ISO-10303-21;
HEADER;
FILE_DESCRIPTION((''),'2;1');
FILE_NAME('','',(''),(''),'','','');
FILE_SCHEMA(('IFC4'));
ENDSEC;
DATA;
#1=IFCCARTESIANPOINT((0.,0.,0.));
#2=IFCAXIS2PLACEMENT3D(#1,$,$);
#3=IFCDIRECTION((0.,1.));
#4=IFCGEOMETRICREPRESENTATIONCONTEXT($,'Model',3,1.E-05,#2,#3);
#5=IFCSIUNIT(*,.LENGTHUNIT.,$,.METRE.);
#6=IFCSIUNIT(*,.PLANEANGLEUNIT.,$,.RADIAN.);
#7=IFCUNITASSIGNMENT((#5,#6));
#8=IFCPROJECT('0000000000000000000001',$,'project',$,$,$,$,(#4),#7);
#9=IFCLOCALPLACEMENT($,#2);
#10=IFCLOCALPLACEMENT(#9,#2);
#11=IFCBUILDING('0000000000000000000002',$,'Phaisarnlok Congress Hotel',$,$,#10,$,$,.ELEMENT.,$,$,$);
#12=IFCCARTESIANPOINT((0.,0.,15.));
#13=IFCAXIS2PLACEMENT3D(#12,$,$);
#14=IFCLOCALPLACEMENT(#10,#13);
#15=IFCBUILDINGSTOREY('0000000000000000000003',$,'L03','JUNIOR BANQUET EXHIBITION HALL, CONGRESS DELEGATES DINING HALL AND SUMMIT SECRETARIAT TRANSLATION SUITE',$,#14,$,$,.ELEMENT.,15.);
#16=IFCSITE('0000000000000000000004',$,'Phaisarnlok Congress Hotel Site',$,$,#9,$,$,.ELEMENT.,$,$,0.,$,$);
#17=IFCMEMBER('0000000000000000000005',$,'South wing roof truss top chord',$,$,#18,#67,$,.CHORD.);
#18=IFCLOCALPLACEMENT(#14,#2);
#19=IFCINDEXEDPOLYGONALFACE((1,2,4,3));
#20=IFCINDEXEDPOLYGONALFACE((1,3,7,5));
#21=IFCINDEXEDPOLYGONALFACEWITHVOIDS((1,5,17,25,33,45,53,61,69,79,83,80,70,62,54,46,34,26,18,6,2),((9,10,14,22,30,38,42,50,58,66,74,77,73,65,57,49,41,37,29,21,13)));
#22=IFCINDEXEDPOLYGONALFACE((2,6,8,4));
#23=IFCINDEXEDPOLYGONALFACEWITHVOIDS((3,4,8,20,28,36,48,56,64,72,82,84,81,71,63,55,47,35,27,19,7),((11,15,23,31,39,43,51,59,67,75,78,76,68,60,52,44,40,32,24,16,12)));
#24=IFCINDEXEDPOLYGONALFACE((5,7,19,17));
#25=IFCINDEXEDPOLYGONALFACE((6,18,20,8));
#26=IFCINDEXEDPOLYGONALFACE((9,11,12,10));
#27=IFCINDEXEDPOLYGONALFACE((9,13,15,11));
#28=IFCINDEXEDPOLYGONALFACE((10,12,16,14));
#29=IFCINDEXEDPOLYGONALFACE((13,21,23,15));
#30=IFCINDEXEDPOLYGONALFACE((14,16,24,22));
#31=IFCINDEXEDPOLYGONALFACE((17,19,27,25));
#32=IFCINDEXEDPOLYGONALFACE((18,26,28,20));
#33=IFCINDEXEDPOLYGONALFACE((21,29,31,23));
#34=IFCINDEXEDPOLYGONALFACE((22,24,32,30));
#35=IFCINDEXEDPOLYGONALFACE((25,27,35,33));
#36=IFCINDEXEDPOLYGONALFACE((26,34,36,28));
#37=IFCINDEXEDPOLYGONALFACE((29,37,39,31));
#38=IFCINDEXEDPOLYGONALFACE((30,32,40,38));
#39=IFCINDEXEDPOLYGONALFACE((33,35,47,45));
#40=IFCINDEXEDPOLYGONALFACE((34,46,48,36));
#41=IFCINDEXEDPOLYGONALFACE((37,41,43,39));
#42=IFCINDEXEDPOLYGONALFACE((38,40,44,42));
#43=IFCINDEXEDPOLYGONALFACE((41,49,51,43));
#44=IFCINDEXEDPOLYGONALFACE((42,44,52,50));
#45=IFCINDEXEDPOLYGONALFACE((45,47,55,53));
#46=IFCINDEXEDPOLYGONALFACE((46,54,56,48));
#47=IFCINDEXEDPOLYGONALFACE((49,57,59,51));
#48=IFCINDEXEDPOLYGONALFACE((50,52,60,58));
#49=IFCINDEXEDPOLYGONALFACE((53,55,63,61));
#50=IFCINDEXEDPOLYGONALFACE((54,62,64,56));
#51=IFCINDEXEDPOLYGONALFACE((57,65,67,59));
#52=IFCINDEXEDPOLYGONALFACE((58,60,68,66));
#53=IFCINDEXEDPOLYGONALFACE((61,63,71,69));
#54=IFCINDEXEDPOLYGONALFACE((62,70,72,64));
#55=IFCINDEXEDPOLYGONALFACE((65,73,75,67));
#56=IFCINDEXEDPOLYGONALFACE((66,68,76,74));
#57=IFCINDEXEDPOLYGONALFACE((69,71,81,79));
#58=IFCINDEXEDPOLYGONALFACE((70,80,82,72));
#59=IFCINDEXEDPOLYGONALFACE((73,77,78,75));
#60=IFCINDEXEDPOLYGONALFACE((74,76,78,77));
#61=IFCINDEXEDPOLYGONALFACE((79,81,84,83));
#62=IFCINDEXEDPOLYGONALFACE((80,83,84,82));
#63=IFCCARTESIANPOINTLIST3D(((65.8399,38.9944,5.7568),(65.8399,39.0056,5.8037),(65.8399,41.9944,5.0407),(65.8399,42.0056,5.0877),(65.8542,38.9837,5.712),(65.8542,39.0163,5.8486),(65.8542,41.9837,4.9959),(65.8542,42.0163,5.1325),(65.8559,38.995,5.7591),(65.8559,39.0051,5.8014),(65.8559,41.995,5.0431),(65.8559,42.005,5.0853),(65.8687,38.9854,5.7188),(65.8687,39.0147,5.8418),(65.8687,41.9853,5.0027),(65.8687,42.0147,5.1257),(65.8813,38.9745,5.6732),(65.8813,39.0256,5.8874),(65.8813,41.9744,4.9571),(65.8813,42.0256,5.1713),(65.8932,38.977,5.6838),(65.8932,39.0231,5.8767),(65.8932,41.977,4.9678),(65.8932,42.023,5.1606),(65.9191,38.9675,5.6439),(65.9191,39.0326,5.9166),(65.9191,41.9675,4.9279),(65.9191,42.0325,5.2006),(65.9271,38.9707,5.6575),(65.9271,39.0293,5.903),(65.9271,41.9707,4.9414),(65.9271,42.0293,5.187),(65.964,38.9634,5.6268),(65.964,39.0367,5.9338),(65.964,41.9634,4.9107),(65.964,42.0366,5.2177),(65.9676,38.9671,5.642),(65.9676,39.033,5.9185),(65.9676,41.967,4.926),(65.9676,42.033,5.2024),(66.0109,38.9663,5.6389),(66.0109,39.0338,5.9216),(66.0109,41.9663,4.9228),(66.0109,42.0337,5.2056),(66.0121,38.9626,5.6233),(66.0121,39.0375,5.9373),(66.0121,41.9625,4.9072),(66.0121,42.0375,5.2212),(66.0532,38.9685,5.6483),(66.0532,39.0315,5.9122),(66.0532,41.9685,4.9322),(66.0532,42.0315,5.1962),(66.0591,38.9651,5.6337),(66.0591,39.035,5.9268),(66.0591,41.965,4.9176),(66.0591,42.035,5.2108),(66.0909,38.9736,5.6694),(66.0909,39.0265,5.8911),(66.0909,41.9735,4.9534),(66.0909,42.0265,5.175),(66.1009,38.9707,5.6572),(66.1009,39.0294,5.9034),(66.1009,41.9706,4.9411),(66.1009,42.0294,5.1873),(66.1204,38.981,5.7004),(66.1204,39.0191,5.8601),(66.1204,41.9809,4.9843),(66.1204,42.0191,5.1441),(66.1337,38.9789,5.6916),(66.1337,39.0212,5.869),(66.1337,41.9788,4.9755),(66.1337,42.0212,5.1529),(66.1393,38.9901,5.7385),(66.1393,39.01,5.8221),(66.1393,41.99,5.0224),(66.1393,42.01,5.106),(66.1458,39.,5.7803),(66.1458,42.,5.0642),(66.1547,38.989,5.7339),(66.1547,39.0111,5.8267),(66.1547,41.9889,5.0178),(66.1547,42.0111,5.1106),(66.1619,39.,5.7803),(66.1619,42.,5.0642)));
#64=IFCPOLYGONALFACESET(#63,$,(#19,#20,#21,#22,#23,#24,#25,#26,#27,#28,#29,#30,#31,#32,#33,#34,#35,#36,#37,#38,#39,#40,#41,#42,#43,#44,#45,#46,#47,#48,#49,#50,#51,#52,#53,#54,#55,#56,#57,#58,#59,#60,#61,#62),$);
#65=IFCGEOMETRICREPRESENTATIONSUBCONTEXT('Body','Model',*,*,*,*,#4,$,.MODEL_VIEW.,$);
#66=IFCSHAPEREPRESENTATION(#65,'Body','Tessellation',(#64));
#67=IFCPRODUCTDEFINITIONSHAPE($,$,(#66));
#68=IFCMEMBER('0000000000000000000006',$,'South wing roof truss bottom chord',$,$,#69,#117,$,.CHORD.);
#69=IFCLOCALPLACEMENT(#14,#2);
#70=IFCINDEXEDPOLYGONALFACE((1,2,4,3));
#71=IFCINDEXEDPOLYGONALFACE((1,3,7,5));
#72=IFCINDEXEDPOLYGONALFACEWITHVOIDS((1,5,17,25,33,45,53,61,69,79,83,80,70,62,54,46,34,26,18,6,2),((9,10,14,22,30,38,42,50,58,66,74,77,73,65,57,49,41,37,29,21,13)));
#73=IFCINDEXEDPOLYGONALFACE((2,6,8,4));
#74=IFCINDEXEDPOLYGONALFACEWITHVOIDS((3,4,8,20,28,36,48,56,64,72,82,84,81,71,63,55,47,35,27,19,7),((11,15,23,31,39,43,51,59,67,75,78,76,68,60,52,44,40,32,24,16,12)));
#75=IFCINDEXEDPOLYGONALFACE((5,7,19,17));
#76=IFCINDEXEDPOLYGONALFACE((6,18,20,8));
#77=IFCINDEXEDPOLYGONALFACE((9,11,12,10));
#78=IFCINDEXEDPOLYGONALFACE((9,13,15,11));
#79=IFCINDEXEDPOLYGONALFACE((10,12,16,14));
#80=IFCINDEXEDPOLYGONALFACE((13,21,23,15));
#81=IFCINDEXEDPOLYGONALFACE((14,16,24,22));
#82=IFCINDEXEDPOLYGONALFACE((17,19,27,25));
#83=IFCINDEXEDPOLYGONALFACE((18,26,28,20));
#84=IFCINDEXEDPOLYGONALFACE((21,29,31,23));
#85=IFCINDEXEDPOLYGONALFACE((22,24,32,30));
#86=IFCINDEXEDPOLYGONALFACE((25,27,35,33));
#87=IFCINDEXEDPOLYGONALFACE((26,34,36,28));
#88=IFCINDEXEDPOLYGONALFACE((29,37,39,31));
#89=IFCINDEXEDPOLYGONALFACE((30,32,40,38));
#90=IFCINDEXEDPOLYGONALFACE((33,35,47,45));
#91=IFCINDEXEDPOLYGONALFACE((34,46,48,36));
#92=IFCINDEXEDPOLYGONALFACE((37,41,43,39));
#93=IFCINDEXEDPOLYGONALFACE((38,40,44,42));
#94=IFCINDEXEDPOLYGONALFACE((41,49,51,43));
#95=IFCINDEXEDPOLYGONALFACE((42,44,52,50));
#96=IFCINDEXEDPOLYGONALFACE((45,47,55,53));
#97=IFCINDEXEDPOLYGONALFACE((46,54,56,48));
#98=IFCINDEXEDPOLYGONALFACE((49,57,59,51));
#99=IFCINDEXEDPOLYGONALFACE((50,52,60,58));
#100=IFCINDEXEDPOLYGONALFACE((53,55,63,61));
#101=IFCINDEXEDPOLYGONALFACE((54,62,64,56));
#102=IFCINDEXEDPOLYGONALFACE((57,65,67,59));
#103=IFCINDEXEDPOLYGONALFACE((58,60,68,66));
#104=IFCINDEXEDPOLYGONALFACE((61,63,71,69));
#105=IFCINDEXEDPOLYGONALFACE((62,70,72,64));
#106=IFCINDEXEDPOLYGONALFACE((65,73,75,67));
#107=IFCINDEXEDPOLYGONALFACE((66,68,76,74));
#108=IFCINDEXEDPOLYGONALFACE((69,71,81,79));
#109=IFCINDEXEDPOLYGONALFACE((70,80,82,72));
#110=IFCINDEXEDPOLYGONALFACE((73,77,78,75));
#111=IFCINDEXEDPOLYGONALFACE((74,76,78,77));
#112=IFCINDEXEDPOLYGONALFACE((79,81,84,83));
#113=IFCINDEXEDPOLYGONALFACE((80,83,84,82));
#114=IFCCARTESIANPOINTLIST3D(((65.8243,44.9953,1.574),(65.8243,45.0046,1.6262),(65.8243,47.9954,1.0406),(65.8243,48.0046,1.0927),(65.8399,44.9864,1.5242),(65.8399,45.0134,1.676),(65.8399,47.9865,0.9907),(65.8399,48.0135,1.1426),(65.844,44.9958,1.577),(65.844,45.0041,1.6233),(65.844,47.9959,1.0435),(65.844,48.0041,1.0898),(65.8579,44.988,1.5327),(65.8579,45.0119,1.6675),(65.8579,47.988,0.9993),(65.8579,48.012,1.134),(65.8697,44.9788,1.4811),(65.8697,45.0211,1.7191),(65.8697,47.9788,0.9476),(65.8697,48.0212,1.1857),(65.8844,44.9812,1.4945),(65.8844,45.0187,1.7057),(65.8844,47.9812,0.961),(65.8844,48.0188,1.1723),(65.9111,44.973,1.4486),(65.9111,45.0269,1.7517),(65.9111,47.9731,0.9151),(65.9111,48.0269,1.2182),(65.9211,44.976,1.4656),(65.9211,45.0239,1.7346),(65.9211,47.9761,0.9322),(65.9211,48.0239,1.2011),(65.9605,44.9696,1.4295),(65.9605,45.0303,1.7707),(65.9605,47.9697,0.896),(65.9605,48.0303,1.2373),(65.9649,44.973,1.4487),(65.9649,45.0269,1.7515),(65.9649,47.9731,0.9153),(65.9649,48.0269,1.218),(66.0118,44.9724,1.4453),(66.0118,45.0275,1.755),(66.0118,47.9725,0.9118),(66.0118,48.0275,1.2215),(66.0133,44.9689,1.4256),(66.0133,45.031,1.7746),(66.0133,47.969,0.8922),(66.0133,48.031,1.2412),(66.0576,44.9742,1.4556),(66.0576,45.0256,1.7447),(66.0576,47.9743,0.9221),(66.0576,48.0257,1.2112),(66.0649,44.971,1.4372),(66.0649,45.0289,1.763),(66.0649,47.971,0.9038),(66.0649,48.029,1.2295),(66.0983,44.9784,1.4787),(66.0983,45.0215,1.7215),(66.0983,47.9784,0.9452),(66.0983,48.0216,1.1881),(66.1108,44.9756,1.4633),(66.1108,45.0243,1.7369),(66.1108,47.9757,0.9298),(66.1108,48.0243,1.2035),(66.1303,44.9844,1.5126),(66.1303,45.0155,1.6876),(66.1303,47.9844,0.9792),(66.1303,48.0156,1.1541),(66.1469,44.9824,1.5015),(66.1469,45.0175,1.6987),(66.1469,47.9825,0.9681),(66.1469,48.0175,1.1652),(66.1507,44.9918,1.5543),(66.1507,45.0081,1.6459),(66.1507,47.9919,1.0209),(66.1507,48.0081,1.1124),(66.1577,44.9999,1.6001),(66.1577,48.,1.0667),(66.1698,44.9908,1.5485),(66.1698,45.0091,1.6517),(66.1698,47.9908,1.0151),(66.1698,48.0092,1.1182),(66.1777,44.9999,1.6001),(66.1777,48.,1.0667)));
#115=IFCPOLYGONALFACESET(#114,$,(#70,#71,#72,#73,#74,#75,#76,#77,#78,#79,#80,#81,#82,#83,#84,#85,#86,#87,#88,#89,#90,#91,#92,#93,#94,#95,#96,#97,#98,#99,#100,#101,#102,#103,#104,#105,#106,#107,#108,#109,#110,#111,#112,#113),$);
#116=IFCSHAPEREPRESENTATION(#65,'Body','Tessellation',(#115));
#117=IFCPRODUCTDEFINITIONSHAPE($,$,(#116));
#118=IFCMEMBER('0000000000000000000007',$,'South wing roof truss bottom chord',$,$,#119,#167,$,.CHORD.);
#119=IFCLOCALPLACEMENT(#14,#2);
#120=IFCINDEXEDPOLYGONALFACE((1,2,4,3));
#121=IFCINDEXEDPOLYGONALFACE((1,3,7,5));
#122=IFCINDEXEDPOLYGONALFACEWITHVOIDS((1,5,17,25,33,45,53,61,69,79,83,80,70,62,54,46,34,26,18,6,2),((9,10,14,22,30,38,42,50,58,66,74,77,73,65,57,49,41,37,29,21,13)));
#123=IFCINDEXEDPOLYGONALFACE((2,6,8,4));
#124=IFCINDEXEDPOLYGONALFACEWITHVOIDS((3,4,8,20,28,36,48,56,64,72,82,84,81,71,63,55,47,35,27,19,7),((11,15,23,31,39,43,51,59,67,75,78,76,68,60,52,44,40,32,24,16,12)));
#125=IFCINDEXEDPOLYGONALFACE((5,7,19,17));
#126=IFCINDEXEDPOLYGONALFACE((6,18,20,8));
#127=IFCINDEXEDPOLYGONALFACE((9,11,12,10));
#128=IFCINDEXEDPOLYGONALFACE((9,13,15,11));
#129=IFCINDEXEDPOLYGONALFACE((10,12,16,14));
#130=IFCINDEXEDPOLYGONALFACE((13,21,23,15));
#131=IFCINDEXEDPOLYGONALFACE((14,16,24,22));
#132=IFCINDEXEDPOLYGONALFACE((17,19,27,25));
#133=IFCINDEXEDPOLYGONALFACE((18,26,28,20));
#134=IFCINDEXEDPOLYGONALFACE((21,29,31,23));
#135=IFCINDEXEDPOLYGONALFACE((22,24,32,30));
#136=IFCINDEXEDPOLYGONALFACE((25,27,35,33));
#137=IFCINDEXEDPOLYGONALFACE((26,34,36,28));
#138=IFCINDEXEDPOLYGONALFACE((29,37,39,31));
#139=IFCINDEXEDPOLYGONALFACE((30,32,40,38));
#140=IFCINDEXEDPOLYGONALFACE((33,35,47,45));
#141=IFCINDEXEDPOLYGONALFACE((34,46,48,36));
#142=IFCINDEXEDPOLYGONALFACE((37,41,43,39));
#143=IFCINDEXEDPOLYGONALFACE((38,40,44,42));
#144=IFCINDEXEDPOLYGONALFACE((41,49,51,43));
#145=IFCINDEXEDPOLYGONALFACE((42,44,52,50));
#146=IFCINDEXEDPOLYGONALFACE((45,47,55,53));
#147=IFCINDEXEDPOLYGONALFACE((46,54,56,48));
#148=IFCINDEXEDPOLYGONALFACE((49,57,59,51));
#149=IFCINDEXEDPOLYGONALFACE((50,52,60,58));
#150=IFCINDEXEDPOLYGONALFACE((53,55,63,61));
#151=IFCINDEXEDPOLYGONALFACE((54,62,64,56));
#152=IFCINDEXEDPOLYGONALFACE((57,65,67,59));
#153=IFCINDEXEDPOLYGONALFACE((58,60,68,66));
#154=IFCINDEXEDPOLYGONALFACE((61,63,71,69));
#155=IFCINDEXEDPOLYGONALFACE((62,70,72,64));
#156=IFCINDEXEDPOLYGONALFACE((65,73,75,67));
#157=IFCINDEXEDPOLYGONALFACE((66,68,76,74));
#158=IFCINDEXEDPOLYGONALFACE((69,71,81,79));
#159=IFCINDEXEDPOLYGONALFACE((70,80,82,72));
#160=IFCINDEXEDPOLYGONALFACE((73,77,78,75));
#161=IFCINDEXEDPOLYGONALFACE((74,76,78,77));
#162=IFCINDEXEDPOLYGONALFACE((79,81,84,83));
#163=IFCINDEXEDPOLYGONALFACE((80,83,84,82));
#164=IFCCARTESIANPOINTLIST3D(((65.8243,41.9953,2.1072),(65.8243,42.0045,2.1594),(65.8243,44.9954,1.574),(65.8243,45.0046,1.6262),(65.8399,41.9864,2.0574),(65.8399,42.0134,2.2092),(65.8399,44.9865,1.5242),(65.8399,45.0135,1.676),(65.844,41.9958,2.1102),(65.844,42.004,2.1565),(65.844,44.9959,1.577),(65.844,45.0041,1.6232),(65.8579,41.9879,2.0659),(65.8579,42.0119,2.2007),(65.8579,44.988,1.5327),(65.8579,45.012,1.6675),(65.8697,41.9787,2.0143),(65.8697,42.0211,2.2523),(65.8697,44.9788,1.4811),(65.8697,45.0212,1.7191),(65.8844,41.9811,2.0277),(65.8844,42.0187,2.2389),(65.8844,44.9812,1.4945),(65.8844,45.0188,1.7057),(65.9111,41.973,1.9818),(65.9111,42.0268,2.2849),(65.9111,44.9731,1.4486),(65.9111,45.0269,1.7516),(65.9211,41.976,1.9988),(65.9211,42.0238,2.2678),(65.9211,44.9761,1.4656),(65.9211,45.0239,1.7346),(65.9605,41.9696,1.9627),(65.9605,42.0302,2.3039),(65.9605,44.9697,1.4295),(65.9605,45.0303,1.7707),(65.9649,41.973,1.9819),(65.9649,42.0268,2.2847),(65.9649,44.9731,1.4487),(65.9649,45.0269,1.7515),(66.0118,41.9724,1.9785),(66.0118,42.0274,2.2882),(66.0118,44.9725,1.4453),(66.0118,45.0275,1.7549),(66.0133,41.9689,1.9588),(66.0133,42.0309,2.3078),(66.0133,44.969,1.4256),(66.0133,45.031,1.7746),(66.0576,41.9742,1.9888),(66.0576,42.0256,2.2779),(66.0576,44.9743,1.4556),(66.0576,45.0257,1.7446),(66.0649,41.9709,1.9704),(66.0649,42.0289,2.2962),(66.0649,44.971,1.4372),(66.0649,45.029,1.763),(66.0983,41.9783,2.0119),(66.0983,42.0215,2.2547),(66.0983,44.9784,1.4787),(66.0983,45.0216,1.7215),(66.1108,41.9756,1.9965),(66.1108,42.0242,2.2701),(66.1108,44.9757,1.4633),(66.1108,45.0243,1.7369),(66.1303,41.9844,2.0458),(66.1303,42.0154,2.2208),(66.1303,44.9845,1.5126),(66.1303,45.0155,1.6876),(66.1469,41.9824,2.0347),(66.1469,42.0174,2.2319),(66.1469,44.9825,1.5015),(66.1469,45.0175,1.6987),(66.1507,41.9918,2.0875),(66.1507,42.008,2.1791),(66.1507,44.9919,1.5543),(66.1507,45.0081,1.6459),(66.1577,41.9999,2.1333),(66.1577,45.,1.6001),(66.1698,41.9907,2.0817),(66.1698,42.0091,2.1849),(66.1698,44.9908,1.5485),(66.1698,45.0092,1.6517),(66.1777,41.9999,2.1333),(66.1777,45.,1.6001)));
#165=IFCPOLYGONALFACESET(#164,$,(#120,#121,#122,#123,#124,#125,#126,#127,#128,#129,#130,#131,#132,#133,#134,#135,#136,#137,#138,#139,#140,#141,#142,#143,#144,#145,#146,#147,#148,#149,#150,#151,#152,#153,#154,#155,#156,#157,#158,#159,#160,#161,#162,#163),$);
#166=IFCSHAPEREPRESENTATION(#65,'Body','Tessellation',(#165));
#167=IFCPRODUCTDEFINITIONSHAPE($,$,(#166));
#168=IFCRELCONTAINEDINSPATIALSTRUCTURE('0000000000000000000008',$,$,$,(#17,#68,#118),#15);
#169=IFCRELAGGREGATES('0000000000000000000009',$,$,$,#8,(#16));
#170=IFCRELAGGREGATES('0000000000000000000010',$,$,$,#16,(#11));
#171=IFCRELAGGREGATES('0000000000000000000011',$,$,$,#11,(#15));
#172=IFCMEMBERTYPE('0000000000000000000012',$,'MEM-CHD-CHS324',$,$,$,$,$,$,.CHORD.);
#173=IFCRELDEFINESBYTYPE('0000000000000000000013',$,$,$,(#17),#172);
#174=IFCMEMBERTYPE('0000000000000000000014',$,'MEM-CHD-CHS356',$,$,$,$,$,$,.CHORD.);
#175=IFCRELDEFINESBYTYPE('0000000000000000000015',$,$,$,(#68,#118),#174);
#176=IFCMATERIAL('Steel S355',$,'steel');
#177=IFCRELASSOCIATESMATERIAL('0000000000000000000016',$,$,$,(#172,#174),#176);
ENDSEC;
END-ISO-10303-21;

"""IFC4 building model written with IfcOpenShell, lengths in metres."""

from ifc_helpers import new_model, si_unit, direction, frame, origin, origin_2d, place, context, subcontext, project, spatial, hollow_circle, extrude, material, material_profile, profile_set, type_object, element, save


model = new_model("IFC4")

# Units and contexts
model_context = context("Model", 3, precision=1e-05, world=origin(), true_north=direction((0.0, 1.0)))
body_context = subcontext(model_context, "Body", "Model", "MODEL_VIEW")
ifc_project = project(units=[si_unit("LENGTHUNIT", "METRE"), si_unit("PLANEANGLEUNIT", "RADIAN")], contexts=[model_context])

# Site, building, storey
site_placement = place(None, origin())
site = spatial("IfcSite", under=ifc_project, at=site_placement, Name="Phaisarnlok Congress Hotel Site", CompositionType="ELEMENT", RefElevation=0.0)
building_placement = place(site_placement, origin())
building = spatial("IfcBuilding", under=site, at=building_placement, Name="Phaisarnlok Congress Hotel", CompositionType="ELEMENT")
storey_placement = place(building_placement, frame((0.0, 0.0, 15.0)))
storey = spatial("IfcBuildingStorey", under=building, at=storey_placement, Name="L03", Description="JUNIOR BANQUET EXHIBITION HALL, CONGRESS DELEGATES DINING HALL AND SUMMIT SECRETARIAT TRANSLATION SUITE", CompositionType="ELEMENT", Elevation=15.0)

# Shared definitions
ifc_material_1 = material(Name="Steel S355", Category="steel")

# Members
ifc_material_profile_1 = material_profile(ifc_material_1, hollow_circle(Radius=0.1619, WallThickness=0.0161, at=origin_2d()), Name="CHS 323.9x16")
ifc_profile_set_1 = profile_set([ifc_material_profile_1], Name="Steel S355")
member_type_1 = type_object("IfcMemberType", Name="MEM-CHD-CHS324", PredefinedType="CHORD", material=ifc_profile_set_1)
for number, where, z_axis, x_axis, name in (
    (1, (66.0, 42.0, 5.0642), (0.0, -0.972676, 0.232166), (1.0, 0.0, 0.0), "South wing roof truss top chord"),
):
    element("IfcMember", number, at=place(storey_placement, frame(where, z_axis=z_axis, x_axis=x_axis)), inside=storey, type_object=member_type_1, Name=name, PredefinedType="CHORD", context=body_context, shape_type="SweptSolid", body=[
        extrude(hollow_circle(Radius=0.1619, WallThickness=0.0161, at=origin_2d()), origin(), (0.0, 0.0, 1.0), 3.0842),
    ])
ifc_material_profile_2 = material_profile(ifc_material_1, hollow_circle(Radius=0.1777, WallThickness=0.02, at=origin_2d()), Name="CHS 355.6x20")
ifc_profile_set_2 = profile_set([ifc_material_profile_2], Name="Steel S355")
member_type_2 = type_object("IfcMemberType", Name="MEM-CHD-CHS356", PredefinedType="CHORD", material=ifc_profile_set_2)
for number, where, z_axis, x_axis, name in (
    (2, (66.0, 48.0, 1.0667), (0.0, -0.984556, 0.17507), (1.0, 0.0, 0.0), "South wing roof truss bottom chord"),
    (3, (66.0, 45.0, 1.6001), (0.0, -0.98457, 0.174992), (1.0, 0.0, 0.0), "South wing roof truss bottom chord"),
):
    element("IfcMember", number, at=place(storey_placement, frame(where, z_axis=z_axis, x_axis=x_axis)), inside=storey, type_object=member_type_2, Name=name, PredefinedType="CHORD", context=body_context, shape_type="SweptSolid", body=[
        extrude(hollow_circle(Radius=0.1777, WallThickness=0.02, at=origin_2d()), origin(), (0.0, 0.0, 1.0), 3.0471),
    ])

save(model, "model.ifc")
